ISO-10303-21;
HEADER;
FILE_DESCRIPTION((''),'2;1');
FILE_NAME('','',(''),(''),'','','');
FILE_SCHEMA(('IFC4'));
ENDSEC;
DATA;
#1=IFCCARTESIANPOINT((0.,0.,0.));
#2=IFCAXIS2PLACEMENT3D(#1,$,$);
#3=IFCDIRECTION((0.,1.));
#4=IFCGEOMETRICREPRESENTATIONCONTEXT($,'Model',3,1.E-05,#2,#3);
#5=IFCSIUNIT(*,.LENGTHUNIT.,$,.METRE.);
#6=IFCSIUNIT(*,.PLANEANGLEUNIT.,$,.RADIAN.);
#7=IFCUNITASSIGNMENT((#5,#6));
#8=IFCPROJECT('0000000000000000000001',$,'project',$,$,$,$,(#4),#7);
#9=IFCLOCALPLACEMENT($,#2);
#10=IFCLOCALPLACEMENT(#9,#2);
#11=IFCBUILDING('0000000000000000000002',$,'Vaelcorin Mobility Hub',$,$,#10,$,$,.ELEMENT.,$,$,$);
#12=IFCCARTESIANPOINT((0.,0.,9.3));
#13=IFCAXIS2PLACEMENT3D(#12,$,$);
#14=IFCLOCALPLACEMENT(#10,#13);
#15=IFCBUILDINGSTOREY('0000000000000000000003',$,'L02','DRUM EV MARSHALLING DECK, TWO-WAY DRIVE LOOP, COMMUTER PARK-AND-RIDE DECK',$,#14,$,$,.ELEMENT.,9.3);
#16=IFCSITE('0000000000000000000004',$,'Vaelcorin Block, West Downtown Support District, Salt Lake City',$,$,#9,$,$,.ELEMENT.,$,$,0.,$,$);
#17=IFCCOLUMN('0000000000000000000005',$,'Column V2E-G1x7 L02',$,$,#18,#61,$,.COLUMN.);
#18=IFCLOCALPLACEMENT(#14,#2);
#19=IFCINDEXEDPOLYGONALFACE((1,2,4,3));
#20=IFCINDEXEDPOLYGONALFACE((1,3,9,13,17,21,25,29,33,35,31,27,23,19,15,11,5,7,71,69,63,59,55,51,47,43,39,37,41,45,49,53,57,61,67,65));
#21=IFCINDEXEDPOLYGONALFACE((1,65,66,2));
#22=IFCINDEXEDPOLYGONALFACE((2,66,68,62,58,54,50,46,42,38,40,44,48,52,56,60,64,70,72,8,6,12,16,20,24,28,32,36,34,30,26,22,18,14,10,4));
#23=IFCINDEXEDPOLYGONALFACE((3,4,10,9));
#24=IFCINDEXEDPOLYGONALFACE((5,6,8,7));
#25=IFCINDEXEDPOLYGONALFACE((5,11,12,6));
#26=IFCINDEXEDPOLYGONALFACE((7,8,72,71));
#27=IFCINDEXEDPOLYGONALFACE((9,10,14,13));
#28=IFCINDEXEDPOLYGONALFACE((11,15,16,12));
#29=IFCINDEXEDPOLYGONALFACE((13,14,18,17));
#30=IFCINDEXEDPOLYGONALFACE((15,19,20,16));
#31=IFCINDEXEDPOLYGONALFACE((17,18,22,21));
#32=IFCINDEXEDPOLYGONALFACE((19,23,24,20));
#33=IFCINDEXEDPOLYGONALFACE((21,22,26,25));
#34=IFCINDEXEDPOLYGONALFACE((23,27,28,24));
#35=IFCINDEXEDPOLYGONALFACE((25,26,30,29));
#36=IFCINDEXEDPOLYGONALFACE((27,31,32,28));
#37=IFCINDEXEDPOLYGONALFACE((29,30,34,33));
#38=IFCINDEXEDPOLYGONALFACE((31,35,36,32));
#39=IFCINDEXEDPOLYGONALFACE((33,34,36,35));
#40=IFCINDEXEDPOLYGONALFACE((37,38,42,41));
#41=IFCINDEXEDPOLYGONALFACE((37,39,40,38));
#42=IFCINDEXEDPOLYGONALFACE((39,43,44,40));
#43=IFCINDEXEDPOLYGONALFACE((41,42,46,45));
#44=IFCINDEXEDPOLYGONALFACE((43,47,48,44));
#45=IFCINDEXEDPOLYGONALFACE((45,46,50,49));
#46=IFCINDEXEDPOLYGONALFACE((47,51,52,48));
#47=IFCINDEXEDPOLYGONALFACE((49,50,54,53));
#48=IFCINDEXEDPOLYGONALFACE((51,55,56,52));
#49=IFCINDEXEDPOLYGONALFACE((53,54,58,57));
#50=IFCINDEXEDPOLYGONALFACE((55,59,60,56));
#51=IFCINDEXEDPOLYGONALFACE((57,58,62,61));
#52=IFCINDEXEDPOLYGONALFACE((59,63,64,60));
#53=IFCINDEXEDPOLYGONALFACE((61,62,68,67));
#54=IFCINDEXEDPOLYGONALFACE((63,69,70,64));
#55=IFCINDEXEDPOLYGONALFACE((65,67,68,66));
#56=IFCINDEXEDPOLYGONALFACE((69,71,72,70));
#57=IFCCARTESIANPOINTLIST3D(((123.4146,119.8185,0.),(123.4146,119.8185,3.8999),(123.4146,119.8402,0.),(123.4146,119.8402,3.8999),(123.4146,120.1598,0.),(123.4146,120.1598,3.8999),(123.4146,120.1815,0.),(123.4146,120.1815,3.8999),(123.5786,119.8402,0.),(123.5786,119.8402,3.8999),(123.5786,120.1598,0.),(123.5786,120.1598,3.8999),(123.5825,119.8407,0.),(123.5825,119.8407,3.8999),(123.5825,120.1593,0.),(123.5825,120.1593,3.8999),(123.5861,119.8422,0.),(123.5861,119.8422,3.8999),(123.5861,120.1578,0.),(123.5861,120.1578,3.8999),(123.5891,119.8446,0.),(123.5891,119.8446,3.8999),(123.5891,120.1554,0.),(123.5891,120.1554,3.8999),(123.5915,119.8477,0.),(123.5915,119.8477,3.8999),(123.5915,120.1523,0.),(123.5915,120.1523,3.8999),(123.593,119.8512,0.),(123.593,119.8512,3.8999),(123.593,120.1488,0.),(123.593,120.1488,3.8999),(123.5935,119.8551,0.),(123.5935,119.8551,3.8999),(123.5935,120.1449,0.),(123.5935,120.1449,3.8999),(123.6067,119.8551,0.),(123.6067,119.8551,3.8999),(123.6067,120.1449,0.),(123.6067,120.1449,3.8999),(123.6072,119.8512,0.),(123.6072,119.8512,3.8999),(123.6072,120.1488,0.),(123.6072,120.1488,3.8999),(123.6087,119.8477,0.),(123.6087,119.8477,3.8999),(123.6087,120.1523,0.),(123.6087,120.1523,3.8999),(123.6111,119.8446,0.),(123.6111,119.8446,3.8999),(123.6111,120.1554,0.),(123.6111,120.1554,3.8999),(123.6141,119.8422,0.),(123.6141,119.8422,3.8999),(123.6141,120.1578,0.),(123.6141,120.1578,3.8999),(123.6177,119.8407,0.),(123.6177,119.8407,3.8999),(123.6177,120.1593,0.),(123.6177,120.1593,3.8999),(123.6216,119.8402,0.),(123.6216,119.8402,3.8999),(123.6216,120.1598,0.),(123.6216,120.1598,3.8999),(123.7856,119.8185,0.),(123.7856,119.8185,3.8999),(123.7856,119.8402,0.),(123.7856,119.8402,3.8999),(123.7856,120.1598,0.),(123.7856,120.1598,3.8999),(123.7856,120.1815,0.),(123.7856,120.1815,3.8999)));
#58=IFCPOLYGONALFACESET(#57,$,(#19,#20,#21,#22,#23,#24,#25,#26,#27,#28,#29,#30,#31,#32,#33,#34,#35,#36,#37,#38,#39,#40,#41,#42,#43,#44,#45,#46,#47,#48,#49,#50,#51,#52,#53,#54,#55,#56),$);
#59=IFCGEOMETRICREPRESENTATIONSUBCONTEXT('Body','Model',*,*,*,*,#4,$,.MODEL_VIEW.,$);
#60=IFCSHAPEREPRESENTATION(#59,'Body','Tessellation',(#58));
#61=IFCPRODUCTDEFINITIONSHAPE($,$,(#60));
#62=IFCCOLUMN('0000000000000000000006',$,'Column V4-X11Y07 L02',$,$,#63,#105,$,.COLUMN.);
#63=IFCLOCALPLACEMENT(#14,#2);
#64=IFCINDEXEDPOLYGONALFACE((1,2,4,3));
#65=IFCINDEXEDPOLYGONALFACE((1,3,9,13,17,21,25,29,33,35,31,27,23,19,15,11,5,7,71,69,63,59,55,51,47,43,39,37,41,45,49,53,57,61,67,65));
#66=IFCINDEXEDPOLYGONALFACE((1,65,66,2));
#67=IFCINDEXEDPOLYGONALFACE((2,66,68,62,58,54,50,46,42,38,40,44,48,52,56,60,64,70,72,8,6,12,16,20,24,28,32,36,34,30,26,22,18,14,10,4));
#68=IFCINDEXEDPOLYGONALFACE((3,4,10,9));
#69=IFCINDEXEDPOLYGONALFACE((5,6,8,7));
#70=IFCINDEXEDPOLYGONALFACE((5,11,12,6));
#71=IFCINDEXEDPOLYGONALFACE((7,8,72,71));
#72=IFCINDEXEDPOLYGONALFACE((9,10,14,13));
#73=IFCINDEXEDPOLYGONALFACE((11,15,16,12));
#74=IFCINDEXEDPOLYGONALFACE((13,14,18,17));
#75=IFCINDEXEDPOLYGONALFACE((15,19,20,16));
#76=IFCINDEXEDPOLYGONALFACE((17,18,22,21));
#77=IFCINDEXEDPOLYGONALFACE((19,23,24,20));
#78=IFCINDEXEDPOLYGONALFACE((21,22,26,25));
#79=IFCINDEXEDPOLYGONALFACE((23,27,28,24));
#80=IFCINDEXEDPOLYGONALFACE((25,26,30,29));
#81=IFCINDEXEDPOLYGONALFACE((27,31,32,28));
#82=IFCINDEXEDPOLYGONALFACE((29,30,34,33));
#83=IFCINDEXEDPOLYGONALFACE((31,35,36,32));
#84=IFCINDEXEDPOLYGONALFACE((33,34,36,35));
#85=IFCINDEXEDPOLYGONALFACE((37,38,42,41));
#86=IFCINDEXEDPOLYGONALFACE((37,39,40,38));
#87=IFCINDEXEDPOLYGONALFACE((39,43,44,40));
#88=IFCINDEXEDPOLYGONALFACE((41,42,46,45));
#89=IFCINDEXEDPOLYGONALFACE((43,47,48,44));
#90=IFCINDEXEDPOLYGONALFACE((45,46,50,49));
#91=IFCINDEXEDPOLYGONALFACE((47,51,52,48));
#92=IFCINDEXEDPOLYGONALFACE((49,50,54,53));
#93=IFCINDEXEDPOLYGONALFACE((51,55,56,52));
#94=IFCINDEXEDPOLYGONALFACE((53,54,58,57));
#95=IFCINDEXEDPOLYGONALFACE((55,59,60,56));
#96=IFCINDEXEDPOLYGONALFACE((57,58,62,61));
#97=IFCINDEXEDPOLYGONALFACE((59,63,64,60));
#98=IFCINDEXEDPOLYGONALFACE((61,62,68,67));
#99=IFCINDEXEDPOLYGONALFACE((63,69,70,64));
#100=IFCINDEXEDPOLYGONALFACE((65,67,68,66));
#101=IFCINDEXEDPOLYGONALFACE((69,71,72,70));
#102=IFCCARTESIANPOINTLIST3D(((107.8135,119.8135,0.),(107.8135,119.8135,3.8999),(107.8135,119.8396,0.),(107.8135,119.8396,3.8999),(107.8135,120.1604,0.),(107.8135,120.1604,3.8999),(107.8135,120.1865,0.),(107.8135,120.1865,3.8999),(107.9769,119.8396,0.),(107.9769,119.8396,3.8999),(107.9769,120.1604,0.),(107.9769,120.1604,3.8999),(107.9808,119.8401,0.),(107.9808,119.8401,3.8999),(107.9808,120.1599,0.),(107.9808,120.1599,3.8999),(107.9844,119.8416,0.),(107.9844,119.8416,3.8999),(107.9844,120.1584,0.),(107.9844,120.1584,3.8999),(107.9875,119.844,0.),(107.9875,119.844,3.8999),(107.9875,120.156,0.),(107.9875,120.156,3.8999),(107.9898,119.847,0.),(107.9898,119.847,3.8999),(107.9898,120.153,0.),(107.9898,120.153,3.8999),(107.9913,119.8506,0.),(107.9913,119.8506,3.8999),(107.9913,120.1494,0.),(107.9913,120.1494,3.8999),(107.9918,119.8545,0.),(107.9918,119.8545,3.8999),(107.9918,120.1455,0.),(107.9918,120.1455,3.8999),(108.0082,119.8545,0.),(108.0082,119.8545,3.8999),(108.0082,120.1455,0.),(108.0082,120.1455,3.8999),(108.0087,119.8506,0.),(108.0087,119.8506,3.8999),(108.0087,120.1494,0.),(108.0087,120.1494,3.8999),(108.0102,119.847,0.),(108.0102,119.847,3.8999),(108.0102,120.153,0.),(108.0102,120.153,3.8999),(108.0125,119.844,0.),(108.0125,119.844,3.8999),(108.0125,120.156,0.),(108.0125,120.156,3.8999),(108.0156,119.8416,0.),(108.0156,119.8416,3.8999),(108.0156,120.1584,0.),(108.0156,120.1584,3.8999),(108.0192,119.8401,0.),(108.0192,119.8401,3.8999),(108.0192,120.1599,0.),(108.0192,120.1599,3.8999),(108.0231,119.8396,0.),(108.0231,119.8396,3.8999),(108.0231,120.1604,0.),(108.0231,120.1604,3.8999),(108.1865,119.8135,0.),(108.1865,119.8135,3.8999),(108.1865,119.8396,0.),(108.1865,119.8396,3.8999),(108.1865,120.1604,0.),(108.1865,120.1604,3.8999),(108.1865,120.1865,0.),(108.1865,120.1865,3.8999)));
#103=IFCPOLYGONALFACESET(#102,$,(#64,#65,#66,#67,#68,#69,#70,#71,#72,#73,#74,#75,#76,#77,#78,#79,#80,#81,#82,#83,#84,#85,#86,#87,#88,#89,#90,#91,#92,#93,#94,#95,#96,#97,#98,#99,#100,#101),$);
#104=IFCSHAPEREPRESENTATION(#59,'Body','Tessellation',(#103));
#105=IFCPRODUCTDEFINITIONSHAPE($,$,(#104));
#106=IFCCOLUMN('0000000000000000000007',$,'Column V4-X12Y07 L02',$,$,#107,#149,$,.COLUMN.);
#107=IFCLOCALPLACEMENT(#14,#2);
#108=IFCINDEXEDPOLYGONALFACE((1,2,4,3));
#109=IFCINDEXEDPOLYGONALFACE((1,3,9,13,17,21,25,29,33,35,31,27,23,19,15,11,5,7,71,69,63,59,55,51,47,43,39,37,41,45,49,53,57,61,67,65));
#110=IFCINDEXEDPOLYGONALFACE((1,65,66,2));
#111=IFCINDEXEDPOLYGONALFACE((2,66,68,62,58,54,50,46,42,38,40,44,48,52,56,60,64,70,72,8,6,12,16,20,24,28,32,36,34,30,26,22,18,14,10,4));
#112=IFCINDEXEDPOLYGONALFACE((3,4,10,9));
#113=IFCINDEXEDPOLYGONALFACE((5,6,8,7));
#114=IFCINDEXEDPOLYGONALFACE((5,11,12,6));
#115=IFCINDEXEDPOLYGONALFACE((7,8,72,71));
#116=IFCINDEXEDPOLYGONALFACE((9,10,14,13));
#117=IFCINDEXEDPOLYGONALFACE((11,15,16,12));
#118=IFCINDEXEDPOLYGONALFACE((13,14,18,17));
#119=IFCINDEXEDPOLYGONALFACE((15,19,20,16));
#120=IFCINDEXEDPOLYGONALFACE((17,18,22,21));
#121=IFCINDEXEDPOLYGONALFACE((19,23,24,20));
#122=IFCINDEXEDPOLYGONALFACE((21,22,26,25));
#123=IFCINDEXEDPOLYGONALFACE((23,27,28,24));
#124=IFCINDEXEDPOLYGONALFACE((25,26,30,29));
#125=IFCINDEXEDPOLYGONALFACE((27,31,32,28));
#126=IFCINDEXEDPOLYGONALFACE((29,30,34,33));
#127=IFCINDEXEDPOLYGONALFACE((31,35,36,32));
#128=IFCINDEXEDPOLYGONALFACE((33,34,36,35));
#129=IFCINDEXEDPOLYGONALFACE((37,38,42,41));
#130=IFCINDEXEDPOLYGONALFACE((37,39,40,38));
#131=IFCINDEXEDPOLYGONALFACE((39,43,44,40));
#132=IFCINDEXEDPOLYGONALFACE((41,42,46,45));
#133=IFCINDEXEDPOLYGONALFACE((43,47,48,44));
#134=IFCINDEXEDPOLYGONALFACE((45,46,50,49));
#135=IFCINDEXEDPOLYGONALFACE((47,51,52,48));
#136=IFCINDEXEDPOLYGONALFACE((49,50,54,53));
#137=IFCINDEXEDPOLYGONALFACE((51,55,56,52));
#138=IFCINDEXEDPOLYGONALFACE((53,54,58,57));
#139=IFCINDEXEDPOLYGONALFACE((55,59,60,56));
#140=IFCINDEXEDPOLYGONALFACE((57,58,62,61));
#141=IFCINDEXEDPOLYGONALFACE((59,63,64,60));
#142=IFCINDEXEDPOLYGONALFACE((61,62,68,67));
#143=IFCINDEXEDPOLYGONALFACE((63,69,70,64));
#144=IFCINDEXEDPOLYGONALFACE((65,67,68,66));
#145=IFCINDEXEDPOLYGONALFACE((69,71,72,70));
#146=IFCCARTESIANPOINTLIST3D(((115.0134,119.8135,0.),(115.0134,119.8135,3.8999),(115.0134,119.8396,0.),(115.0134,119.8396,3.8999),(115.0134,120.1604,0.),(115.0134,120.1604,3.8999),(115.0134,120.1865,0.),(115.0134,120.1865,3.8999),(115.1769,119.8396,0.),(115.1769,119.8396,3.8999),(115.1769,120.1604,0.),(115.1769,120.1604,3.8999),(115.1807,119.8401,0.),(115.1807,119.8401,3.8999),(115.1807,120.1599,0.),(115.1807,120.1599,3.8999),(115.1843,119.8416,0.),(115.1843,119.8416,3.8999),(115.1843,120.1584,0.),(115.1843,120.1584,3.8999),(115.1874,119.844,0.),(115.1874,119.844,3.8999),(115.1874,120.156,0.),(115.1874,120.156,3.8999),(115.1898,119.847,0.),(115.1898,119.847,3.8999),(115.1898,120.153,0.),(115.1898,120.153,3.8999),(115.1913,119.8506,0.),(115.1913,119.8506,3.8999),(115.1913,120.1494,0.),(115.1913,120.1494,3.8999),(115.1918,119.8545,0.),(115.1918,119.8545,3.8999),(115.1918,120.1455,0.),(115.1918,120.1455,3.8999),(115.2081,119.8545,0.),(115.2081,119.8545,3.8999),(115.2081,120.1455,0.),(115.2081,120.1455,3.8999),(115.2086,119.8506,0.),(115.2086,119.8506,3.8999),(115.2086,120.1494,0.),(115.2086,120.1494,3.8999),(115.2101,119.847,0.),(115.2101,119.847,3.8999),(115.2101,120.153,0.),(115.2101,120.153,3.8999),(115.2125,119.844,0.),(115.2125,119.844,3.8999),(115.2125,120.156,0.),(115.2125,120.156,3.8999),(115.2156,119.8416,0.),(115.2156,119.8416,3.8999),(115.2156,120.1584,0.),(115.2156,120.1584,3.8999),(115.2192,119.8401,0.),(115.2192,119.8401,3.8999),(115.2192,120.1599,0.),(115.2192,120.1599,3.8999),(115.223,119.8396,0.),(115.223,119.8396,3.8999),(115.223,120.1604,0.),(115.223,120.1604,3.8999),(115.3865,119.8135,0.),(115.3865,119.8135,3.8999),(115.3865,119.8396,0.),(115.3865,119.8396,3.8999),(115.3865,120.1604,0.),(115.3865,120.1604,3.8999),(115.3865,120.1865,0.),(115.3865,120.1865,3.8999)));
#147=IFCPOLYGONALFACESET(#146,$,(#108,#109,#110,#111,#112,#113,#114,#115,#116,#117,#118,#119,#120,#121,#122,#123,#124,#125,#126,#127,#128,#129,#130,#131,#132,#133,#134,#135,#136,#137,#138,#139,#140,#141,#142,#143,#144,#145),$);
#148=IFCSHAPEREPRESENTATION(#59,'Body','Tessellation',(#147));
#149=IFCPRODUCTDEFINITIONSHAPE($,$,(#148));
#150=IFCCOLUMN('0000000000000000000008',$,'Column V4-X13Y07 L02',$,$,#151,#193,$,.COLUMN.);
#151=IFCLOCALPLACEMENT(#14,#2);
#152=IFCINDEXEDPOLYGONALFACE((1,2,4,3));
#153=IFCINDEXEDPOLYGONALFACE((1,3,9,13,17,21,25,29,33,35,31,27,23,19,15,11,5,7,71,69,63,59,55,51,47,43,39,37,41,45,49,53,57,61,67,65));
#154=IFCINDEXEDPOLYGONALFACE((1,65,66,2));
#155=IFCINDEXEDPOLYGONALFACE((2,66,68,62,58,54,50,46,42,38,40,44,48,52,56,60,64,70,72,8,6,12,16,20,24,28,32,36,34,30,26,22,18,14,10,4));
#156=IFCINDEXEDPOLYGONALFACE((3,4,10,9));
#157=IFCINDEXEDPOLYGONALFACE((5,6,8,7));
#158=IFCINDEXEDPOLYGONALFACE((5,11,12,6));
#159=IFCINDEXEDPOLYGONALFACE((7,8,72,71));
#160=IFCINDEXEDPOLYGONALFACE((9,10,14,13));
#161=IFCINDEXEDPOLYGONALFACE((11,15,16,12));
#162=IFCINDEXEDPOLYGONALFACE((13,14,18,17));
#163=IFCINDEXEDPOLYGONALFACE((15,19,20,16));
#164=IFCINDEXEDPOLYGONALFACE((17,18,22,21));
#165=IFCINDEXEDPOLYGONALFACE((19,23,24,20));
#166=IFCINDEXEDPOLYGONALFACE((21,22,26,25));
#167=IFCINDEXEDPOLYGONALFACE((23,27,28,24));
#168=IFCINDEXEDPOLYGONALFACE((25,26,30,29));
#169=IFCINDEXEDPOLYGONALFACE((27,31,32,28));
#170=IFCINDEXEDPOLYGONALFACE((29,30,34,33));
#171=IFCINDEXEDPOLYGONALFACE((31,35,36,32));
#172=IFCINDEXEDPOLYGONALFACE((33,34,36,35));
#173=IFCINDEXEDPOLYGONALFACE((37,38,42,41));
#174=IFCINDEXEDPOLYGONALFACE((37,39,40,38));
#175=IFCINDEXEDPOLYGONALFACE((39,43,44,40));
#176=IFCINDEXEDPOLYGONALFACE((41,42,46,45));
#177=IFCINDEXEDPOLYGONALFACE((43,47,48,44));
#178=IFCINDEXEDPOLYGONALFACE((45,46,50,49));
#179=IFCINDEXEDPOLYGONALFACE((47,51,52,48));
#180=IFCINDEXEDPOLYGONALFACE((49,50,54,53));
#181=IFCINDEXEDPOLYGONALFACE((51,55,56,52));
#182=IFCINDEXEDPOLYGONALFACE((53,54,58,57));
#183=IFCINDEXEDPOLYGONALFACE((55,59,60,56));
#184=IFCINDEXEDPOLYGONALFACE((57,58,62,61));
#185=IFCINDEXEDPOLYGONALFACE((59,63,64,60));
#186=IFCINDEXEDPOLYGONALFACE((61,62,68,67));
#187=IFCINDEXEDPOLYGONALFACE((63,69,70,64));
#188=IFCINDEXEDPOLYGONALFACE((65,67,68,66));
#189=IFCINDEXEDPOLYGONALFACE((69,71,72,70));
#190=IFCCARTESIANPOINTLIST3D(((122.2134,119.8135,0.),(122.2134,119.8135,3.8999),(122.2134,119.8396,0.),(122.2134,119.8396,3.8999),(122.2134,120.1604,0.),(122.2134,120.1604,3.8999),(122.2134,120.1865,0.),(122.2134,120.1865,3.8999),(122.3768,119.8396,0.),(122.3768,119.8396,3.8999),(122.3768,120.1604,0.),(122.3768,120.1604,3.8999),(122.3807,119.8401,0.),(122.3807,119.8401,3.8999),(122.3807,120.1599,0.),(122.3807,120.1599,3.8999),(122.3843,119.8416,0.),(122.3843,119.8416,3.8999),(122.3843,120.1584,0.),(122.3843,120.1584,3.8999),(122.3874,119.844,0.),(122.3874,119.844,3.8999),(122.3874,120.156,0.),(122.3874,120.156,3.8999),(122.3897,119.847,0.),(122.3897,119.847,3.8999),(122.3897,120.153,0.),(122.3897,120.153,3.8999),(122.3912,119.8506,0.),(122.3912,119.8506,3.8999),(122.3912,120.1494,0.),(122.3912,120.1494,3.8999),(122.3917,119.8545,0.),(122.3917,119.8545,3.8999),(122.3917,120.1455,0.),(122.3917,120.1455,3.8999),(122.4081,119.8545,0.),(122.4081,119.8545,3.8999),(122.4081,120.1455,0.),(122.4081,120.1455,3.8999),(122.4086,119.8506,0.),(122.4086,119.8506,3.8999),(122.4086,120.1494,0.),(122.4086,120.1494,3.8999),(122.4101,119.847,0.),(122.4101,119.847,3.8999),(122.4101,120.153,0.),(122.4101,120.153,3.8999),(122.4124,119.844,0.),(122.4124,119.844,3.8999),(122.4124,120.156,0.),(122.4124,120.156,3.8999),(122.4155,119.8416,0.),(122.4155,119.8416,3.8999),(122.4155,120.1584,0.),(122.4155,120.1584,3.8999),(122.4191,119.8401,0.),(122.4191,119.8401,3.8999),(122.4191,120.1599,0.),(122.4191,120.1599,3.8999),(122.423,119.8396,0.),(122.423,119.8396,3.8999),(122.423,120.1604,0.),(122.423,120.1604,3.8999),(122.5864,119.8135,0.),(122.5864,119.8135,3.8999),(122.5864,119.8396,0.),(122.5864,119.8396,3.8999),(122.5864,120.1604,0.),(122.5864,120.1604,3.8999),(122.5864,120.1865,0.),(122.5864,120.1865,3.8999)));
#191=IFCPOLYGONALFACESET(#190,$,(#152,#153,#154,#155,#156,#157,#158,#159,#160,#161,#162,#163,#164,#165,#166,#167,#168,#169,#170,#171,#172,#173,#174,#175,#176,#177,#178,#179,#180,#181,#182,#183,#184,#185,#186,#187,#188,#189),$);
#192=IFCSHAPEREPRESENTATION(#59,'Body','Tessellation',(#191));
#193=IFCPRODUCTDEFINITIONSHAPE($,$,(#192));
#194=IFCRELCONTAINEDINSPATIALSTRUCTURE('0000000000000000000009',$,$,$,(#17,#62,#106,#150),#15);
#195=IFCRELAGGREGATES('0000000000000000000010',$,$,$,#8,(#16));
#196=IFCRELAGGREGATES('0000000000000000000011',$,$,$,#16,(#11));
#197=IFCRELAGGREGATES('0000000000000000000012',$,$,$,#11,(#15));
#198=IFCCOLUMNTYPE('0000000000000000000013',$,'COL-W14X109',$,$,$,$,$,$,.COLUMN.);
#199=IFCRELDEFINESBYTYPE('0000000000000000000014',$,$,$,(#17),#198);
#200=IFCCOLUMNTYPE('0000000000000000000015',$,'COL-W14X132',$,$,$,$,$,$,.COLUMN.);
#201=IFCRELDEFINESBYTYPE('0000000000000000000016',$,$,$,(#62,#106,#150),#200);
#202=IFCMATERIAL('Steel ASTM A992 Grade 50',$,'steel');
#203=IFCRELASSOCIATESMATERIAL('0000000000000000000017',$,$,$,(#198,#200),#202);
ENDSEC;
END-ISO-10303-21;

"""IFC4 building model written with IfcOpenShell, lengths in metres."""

from ifc_helpers import new_model, si_unit, direction, frame, origin, origin_2d, place, context, subcontext, project, spatial, i_section, extrude, material, material_profile, profile_set, type_object, element, save


model = new_model("IFC4")

# Units and contexts
model_context = context("Model", 3, precision=1e-05, world=origin(), true_north=direction((0.0, 1.0)))
body_context = subcontext(model_context, "Body", "Model", "MODEL_VIEW")
ifc_project = project(units=[si_unit("LENGTHUNIT", "METRE"), si_unit("PLANEANGLEUNIT", "RADIAN")], contexts=[model_context])

# Site, building, storey
site_placement = place(None, origin())
site = spatial("IfcSite", under=ifc_project, at=site_placement, Name="Vaelcorin Block, West Downtown Support District, Salt Lake City", CompositionType="ELEMENT", RefElevation=0.0)
building_placement = place(site_placement, origin())
building = spatial("IfcBuilding", under=site, at=building_placement, Name="Vaelcorin Mobility Hub", CompositionType="ELEMENT")
storey_placement = place(building_placement, frame((0.0, 0.0, 9.3)))
storey = spatial("IfcBuildingStorey", under=building, at=storey_placement, Name="L02", Description="DRUM EV MARSHALLING DECK, TWO-WAY DRIVE LOOP, COMMUTER PARK-AND-RIDE DECK", CompositionType="ELEMENT", Elevation=9.3)

# Columns
ifc_material_1 = material(Name="Steel ASTM A992 Grade 50", Category="steel")
ifc_material_profile_1 = material_profile(ifc_material_1, i_section(OverallWidth=0.3711, OverallDepth=0.363, WebThickness=0.0132, FlangeThickness=0.0217, FilletRadius=0.0149, at=origin_2d()), Name="W14X109")
ifc_profile_set_1 = profile_set([ifc_material_profile_1], Name="Steel ASTM A992 Grade 50")
column_type_1 = type_object("IfcColumnType", Name="COL-W14X109", PredefinedType="COLUMN", material=ifc_profile_set_1)
column_placement = place(storey_placement, frame((123.6001, 120.0, 0.0), z_axis=(0.0, 0.0, 1.0), x_axis=(1.0, 0.0, 0.0)))
element("IfcColumn", 1, at=column_placement, inside=storey, type_object=column_type_1, Name="Column V2E-G1x7 L02", PredefinedType="COLUMN", context=body_context, shape_type="SweptSolid", body=[
    extrude(i_section(OverallWidth=0.3711, OverallDepth=0.363, WebThickness=0.0132, FlangeThickness=0.0217, FilletRadius=0.0149, at=origin_2d()), origin(), (0.0, 0.0, 1.0), 3.8999),
])
ifc_material_profile_2 = material_profile(ifc_material_1, i_section(OverallWidth=0.373, OverallDepth=0.373, WebThickness=0.0164, FlangeThickness=0.0261, FilletRadius=0.0149, at=origin_2d()), Name="W14X132")
ifc_profile_set_2 = profile_set([ifc_material_profile_2], Name="Steel ASTM A992 Grade 50")
column_type_2 = type_object("IfcColumnType", Name="COL-W14X132", PredefinedType="COLUMN", material=ifc_profile_set_2)
for number, where, z_axis, x_axis, name in (
    (2, (108.0, 120.0, 0.0), (0.0, 0.0, 1.0), (1.0, 0.0, 0.0), "Column V4-X11Y07 L02"),
    (3, (115.2, 120.0, 0.0), (0.0, 0.0, 1.0), (1.0, 0.0, 0.0), "Column V4-X12Y07 L02"),
    (4, (122.3999, 120.0, 0.0), (0.0, 0.0, 1.0), (1.0, 0.0, 0.0), "Column V4-X13Y07 L02"),
):
    element("IfcColumn", number, at=place(storey_placement, frame(where, z_axis=z_axis, x_axis=x_axis)), inside=storey, type_object=column_type_2, Name=name, PredefinedType="COLUMN", context=body_context, shape_type="SweptSolid", body=[
        extrude(i_section(OverallWidth=0.373, OverallDepth=0.373, WebThickness=0.0164, FlangeThickness=0.0261, FilletRadius=0.0149, at=origin_2d()), origin(), (0.0, 0.0, 1.0), 3.8999),
    ])

save(model, "model.ifc")
